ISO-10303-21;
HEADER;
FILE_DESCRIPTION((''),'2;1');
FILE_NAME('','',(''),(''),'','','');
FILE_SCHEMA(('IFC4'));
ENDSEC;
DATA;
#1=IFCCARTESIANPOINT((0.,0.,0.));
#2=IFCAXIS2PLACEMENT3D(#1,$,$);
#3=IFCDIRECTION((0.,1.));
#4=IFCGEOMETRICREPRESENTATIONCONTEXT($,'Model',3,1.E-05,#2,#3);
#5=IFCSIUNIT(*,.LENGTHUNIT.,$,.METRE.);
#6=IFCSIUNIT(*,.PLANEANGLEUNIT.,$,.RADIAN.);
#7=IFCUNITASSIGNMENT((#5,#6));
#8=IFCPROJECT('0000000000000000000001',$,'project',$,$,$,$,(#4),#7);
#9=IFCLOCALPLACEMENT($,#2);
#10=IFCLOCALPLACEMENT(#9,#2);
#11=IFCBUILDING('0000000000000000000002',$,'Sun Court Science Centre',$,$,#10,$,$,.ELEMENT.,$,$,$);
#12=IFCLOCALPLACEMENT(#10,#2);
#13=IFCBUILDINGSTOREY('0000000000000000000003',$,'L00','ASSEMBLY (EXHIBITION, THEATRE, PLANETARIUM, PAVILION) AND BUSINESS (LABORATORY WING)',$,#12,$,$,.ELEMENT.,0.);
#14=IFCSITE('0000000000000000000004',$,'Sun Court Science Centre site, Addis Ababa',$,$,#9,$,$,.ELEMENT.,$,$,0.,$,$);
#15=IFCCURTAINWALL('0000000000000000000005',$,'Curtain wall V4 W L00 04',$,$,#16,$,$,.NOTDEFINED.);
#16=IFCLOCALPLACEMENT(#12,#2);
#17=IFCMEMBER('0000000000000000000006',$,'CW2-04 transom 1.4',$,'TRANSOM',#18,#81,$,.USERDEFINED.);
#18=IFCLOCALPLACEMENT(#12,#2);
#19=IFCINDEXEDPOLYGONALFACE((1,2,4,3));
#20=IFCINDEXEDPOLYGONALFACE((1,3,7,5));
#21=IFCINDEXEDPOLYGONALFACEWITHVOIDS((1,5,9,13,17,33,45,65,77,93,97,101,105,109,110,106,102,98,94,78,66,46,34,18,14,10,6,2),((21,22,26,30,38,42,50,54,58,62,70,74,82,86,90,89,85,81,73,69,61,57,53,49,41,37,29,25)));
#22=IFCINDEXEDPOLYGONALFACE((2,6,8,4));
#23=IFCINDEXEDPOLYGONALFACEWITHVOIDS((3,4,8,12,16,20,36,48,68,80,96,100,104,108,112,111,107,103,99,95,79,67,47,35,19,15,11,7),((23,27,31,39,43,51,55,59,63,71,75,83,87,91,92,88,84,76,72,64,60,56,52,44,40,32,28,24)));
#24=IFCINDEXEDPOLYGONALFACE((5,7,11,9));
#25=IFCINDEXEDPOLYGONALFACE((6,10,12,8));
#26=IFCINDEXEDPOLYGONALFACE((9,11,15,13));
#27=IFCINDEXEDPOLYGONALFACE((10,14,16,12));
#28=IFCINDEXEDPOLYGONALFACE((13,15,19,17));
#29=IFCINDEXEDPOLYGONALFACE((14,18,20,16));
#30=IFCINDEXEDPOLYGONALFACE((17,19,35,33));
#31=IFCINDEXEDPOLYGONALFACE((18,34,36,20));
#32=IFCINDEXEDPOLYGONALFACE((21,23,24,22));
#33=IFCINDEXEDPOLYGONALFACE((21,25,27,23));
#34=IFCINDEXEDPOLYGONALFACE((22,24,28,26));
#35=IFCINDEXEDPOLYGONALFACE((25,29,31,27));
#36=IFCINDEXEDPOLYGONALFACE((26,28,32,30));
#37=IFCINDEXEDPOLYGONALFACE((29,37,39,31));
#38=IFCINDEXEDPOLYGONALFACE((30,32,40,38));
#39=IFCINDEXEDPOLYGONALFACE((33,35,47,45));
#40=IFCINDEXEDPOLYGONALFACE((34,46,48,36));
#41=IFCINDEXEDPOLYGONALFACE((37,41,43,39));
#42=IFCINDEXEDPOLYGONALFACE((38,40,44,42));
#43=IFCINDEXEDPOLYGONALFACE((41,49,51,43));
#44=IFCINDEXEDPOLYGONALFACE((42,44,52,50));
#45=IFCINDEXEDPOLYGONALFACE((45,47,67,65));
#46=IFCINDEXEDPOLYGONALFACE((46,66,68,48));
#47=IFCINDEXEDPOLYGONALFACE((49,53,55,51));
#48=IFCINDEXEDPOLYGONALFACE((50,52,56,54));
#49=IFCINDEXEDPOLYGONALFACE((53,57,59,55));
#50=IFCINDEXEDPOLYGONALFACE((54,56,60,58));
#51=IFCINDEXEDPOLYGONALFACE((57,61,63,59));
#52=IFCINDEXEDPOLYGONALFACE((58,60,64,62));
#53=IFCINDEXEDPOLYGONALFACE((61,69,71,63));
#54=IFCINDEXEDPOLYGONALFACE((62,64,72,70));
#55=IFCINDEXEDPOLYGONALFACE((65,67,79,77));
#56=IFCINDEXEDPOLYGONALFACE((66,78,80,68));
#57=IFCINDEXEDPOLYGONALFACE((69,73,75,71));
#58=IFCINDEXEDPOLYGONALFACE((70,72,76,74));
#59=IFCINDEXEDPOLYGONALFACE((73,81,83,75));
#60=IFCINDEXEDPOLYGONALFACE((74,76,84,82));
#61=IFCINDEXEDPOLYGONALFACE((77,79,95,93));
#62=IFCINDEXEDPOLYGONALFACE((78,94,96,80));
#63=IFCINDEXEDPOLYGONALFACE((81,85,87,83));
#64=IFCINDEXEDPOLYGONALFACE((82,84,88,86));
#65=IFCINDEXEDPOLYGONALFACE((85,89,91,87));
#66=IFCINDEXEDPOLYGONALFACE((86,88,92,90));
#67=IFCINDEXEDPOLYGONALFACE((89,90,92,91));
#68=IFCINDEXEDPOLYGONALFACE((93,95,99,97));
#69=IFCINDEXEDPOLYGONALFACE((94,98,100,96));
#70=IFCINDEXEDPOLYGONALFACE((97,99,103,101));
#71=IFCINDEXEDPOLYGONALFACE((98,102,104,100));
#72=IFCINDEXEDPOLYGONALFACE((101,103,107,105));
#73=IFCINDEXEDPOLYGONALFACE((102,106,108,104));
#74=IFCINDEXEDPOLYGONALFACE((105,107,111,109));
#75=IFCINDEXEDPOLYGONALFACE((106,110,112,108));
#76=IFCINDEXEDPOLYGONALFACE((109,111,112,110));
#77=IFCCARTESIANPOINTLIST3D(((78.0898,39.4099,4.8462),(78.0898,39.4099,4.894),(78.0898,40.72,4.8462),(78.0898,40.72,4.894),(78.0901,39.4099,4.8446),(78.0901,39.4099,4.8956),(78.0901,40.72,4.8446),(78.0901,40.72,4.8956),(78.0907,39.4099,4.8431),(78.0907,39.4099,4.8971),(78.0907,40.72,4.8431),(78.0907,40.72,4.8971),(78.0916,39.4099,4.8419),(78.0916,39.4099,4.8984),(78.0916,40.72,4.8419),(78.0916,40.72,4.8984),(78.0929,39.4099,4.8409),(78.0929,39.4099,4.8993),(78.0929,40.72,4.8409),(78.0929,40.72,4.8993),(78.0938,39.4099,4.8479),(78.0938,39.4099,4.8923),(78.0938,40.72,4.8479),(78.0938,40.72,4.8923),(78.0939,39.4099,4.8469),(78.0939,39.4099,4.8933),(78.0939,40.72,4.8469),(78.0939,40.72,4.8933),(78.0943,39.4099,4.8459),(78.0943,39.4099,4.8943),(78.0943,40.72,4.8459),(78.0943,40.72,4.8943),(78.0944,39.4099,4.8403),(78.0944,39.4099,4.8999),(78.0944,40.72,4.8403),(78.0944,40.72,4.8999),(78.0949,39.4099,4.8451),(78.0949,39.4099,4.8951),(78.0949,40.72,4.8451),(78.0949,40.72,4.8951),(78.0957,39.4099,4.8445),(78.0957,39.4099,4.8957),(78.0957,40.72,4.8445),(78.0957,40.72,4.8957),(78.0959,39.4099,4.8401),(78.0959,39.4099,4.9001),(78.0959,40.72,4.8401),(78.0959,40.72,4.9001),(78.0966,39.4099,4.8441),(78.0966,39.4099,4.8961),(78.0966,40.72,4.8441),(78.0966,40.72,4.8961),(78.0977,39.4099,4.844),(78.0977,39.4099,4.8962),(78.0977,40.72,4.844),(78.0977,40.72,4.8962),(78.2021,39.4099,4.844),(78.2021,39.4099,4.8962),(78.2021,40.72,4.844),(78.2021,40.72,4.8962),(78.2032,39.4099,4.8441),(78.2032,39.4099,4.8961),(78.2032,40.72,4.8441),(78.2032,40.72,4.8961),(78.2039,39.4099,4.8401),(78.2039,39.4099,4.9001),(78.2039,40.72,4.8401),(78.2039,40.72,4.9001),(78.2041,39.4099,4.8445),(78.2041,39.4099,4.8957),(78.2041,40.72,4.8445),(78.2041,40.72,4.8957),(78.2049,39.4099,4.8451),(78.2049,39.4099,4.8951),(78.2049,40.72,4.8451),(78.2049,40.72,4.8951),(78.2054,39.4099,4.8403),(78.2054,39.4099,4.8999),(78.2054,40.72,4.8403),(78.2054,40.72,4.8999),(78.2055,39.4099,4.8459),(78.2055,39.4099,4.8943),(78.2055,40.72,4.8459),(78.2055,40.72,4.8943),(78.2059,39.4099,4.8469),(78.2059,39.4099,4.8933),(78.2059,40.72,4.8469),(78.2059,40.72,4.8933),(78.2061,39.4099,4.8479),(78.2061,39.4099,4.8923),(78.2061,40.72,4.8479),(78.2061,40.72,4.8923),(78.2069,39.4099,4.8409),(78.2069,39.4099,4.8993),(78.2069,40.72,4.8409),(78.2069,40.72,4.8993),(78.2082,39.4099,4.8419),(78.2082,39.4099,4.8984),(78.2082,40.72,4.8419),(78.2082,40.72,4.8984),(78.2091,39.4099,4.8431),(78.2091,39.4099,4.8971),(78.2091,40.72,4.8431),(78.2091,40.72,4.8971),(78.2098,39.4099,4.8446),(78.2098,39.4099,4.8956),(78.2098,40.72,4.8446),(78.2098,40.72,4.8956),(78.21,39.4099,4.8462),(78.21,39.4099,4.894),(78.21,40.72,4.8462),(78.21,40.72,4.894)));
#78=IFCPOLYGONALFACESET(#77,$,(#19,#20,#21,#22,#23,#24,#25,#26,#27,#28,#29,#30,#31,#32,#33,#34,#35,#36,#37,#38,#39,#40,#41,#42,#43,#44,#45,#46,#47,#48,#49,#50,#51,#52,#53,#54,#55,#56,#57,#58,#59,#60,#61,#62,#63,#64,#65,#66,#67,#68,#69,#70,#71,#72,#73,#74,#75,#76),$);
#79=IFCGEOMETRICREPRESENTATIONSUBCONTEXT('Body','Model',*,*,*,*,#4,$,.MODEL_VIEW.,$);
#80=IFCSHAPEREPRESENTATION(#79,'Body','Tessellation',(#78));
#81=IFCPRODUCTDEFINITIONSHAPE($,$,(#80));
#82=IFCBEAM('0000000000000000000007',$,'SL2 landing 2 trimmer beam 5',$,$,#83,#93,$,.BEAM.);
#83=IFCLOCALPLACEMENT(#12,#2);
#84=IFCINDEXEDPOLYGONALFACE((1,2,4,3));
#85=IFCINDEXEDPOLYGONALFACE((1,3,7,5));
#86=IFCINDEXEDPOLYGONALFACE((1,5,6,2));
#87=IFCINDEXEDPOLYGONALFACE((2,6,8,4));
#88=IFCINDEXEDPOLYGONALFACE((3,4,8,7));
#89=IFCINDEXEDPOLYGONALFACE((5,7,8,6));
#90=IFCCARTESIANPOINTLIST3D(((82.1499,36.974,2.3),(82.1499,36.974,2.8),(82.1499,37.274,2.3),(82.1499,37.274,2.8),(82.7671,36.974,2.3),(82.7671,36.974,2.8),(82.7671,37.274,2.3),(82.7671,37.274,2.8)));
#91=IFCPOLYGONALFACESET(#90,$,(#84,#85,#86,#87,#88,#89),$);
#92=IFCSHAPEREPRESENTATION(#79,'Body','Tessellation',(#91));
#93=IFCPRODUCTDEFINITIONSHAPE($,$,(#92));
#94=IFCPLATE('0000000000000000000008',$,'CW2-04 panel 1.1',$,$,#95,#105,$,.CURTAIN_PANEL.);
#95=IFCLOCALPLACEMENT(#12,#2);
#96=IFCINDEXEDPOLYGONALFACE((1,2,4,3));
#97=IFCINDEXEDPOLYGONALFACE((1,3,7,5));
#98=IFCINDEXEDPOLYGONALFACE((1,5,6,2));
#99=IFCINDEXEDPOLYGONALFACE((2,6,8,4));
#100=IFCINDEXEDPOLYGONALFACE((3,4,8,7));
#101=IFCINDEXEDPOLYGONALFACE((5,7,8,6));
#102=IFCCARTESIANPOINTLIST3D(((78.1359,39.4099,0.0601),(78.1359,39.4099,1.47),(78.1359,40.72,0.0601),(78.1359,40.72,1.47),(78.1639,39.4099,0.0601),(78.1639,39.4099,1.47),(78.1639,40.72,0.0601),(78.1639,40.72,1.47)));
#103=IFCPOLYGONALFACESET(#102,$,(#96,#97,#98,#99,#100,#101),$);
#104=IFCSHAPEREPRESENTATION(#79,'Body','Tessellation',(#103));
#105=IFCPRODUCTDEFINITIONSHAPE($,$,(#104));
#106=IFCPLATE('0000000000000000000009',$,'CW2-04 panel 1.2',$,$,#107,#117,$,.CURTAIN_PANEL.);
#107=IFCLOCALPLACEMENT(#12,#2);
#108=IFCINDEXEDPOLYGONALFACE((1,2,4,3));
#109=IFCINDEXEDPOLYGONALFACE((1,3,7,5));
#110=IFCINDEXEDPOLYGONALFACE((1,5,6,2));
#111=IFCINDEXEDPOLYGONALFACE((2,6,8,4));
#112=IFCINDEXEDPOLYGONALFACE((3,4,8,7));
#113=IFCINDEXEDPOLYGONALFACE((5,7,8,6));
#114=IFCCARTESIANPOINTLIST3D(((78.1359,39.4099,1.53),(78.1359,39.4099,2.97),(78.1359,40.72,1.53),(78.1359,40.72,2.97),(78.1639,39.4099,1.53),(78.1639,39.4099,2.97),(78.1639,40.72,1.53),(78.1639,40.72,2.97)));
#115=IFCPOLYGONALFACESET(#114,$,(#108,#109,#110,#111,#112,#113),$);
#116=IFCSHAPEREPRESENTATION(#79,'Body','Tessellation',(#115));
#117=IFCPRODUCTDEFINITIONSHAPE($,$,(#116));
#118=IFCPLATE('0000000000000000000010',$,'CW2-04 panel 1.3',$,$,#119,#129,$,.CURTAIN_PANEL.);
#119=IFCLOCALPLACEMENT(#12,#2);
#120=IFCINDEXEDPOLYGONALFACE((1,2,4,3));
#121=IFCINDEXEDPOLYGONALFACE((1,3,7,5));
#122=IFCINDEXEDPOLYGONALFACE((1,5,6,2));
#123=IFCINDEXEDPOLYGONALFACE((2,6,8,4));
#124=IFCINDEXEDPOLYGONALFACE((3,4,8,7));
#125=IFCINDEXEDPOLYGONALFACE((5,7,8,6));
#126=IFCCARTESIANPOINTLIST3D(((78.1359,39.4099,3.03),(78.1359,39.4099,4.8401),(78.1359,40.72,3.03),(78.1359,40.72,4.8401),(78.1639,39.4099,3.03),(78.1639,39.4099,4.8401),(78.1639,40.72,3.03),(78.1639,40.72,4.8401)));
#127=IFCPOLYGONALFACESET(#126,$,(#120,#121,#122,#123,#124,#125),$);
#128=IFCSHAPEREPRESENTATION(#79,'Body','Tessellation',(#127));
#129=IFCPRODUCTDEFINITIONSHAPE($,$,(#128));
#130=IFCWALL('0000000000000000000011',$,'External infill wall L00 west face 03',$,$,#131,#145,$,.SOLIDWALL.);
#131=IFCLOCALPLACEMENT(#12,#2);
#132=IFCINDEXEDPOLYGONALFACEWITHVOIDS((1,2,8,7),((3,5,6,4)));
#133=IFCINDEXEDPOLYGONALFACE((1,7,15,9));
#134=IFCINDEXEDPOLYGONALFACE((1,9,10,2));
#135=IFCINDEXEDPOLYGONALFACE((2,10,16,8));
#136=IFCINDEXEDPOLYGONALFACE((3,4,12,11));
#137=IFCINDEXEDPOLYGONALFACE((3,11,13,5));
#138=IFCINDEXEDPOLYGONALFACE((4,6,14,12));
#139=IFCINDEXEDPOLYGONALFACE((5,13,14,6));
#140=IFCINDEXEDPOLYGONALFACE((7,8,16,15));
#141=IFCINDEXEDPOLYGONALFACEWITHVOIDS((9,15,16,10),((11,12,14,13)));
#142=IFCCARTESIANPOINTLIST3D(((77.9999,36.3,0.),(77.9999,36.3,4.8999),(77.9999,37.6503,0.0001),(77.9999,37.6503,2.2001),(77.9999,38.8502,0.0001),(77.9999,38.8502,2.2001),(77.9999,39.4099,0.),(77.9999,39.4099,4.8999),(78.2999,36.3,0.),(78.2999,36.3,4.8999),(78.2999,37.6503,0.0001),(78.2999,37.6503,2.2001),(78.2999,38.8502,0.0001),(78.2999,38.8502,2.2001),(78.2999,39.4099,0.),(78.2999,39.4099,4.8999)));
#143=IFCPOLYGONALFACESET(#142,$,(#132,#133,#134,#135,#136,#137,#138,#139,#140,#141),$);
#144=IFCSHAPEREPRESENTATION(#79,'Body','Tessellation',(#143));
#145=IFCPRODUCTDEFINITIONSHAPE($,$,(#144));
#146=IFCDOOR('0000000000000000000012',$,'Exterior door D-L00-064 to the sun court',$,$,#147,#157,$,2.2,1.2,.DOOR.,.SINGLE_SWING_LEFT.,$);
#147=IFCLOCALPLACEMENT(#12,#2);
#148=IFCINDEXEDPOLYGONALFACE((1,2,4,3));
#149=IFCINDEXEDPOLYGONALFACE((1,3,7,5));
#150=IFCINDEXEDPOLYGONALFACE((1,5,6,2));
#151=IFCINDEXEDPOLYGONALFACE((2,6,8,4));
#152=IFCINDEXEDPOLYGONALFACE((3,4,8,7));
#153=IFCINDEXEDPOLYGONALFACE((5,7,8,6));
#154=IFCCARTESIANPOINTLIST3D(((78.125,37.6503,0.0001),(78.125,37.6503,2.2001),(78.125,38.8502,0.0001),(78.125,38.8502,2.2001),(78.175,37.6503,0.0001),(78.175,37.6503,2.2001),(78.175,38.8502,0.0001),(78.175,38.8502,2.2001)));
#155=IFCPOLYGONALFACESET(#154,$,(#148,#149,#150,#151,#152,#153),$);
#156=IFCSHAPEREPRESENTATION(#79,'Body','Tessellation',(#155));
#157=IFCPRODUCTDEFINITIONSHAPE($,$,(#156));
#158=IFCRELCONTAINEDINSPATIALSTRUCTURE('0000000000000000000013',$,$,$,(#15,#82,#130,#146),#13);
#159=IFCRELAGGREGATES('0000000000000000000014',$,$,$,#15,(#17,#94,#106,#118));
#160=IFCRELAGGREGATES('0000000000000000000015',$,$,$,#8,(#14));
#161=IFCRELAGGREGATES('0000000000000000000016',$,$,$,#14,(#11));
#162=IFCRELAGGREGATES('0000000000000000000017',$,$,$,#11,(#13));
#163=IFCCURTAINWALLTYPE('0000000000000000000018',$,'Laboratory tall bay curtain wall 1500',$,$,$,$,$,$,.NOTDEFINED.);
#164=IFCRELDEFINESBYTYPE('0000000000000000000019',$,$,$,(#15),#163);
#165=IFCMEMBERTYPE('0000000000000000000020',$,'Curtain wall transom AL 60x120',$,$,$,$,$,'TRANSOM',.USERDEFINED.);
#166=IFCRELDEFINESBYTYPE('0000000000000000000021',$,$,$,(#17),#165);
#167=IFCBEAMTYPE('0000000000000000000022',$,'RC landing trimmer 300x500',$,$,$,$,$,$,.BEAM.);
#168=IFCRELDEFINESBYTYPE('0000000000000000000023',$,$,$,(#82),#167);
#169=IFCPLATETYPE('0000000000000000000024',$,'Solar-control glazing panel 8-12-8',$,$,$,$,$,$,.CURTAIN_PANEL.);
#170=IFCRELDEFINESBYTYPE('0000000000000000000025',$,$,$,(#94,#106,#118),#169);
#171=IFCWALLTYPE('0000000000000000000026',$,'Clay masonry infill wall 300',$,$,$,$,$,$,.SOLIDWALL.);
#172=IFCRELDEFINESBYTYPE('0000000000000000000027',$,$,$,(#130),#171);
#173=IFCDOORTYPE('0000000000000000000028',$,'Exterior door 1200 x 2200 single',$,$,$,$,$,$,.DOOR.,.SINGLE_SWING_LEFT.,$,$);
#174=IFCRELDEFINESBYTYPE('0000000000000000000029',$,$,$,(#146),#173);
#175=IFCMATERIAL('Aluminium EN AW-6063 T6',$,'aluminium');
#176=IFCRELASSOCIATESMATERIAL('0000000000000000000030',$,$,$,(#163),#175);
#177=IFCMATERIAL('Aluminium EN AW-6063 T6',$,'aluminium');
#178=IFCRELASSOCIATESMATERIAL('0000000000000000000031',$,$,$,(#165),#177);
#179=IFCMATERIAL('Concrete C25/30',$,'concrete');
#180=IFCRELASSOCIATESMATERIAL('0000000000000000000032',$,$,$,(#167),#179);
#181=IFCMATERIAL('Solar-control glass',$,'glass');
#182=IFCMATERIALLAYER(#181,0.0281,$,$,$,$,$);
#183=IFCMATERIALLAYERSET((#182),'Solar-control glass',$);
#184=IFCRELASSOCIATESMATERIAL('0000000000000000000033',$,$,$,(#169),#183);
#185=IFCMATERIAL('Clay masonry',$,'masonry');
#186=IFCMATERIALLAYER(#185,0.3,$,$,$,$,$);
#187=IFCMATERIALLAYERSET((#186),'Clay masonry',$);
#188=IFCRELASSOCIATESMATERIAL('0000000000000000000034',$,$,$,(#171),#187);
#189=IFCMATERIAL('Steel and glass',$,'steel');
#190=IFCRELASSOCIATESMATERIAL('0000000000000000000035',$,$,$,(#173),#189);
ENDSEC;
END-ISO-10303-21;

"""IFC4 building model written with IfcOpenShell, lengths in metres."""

from ifc_helpers import new_model, si_unit, direction, frame, frame_2d, origin, origin_2d, place, context, subcontext, project, spatial, rectangle, hollow_rectangle, extrude, material, layer, layer_set, material_profile, profile_set, type_object, element, fill, aggregate, save


model = new_model("IFC4")

# Units and contexts
model_context = context("Model", 3, precision=1e-05, world=origin(), true_north=direction((0.0, 1.0)))
body_context = subcontext(model_context, "Body", "Model", "MODEL_VIEW")
ifc_project = project(units=[si_unit("LENGTHUNIT", "METRE"), si_unit("PLANEANGLEUNIT", "RADIAN")], contexts=[model_context])

# Site, building, storey
site_placement = place(None, origin())
site = spatial("IfcSite", under=ifc_project, at=site_placement, Name="Sun Court Science Centre site, Addis Ababa", CompositionType="ELEMENT", RefElevation=0.0)
building_placement = place(site_placement, origin())
building = spatial("IfcBuilding", under=site, at=building_placement, Name="Sun Court Science Centre", CompositionType="ELEMENT")
storey_placement = place(building_placement, origin())
storey = spatial("IfcBuildingStorey", under=building, at=storey_placement, Name="L00", Description="ASSEMBLY (EXHIBITION, THEATRE, PLANETARIUM, PAVILION) AND BUSINESS (LABORATORY WING)", CompositionType="ELEMENT", Elevation=0.0)

# Curtain wall, member
ifc_material_1 = material(Name="Aluminium EN AW-6063 T6", Category="aluminium")
curtain_wall_type = type_object("IfcCurtainWallType", Name="Laboratory tall bay curtain wall 1500", PredefinedType="NOTDEFINED", material=ifc_material_1)
curtain_wall_placement = place(storey_placement, origin())
curtain_wall = element("IfcCurtainWall", 1, at=curtain_wall_placement, inside=storey, type_object=curtain_wall_type, Name="Curtain wall V4 W L00 04", PredefinedType="NOTDEFINED")
ifc_material_2 = material(Name="Aluminium EN AW-6063 T6", Category="aluminium")
ifc_material_profile_1 = material_profile(ifc_material_2, hollow_rectangle(XDim=0.0601, YDim=0.1201, WallThickness=0.0039, InnerFilletRadius=0.0039, OuterFilletRadius=0.0061, at=origin_2d()), Name="AL 60x120x4")
ifc_profile_set_1 = profile_set([ifc_material_profile_1], Name="Aluminium EN AW-6063 T6")
member_type_1 = type_object("IfcMemberType", Name="Curtain wall transom AL 60x120", ElementType="TRANSOM", PredefinedType="USERDEFINED", material=ifc_profile_set_1)
member_1_placement = place(storey_placement, frame((78.1499, 39.4099, 4.8701), z_axis=(0.0, 1.0, 0.0), x_axis=(0.0, 0.0, 1.0)))
member_1 = element("IfcMember", 2, at=member_1_placement, type_object=member_type_1, Name="CW2-04 transom 1.4", ObjectType="TRANSOM", PredefinedType="USERDEFINED", context=body_context, shape_type="SweptSolid", body=[
    extrude(hollow_rectangle(XDim=0.0601, YDim=0.1201, WallThickness=0.0039, InnerFilletRadius=0.0039, OuterFilletRadius=0.0061, at=origin_2d()), origin(), (0.0, 0.0, 1.0), 1.3101),
])

# Beam
ifc_material_3 = material(Name="Concrete C25/30", Category="concrete")
ifc_material_profile_2 = material_profile(ifc_material_3, rectangle(XDim=0.3, YDim=0.5, at=origin_2d()), Name="RC 300x500")
ifc_profile_set_2 = profile_set([ifc_material_profile_2], Name="Concrete C25/30")
beam_type = type_object("IfcBeamType", Name="RC landing trimmer 300x500", PredefinedType="BEAM", material=ifc_profile_set_2)
beam_placement = place(storey_placement, frame((82.1499, 37.124, 2.55), z_axis=(1.0, 0.0, 0.0), x_axis=(0.0, 1.0, 0.0)))
element("IfcBeam", 3, at=beam_placement, inside=storey, type_object=beam_type, Name="SL2 landing 2 trimmer beam 5", PredefinedType="BEAM", context=body_context, shape_type="SweptSolid", body=[
    extrude(rectangle(XDim=0.3, YDim=0.5, at=origin_2d()), origin(), (0.0, 0.0, 1.0), 0.6172),
])

# Plates
ifc_material_4 = material(Name="Solar-control glass", Category="glass")
ifc_layer_1 = layer(ifc_material_4, 0.0281)
ifc_layer_set_1 = layer_set([ifc_layer_1], Name="Solar-control glass")
plate_type = type_object("IfcPlateType", Name="Solar-control glazing panel 8-12-8", PredefinedType="CURTAIN_PANEL", material=ifc_layer_set_1)
plate_1_placement = place(storey_placement, frame((78.1499, 40.0649, 0.0601), z_axis=(0.0, 0.0, 1.0), x_axis=(0.0, 1.0, 0.0)))
plate_1 = element("IfcPlate", 4, at=plate_1_placement, type_object=plate_type, Name="CW2-04 panel 1.1", PredefinedType="CURTAIN_PANEL", context=body_context, shape_type="SweptSolid", body=[
    extrude(rectangle(XDim=1.3101, YDim=0.0281, at=origin_2d()), origin(), (0.0, 0.0, 1.0), 1.4099),
])
plate_2_placement = place(storey_placement, frame((78.1499, 40.0649, 1.53), z_axis=(0.0, 0.0, 1.0), x_axis=(0.0, 1.0, 0.0)))
plate_2 = element("IfcPlate", 5, at=plate_2_placement, type_object=plate_type, Name="CW2-04 panel 1.2", PredefinedType="CURTAIN_PANEL", context=body_context, shape_type="SweptSolid", body=[
    extrude(rectangle(XDim=1.3101, YDim=0.0281, at=origin_2d()), origin(), (0.0, 0.0, 1.0), 1.4399),
])
plate_3_placement = place(storey_placement, frame((78.1499, 40.0649, 3.03), z_axis=(0.0, 0.0, 1.0), x_axis=(0.0, 1.0, 0.0)))
plate_3 = element("IfcPlate", 6, at=plate_3_placement, type_object=plate_type, Name="CW2-04 panel 1.3", PredefinedType="CURTAIN_PANEL", context=body_context, shape_type="SweptSolid", body=[
    extrude(rectangle(XDim=1.3101, YDim=0.0281, at=origin_2d()), origin(), (0.0, 0.0, 1.0), 1.8101),
])
aggregate(curtain_wall, [member_1, plate_1, plate_2, plate_3])

# Wall, opening, door
ifc_material_5 = material(Name="Clay masonry", Category="masonry")
ifc_layer_2 = layer(ifc_material_5, 0.3)
ifc_layer_set_2 = layer_set([ifc_layer_2], Name="Clay masonry")
wall_type = type_object("IfcWallType", Name="Clay masonry infill wall 300", PredefinedType="SOLIDWALL", material=ifc_layer_set_2)
wall_placement = place(storey_placement, frame((78.1499, 36.3, 0.0), z_axis=(0.0, 0.0, 1.0), x_axis=(0.0, 1.0, 0.0)))
wall = element("IfcWall", 7, at=wall_placement, inside=storey, type_object=wall_type, Name="External infill wall L00 west face 03", PredefinedType="SOLIDWALL", context=body_context, shape_type="SweptSolid", body=[
    extrude(rectangle(XDim=3.1099, YDim=0.3, at=frame_2d((1.5549, 0.0))), origin(), (0.0, 0.0, 1.0), 4.8999),
])
opening_placement = place(wall_placement, frame((1.3501, 0.0, 0.0)))
opening = element("IfcOpeningElement", 8, at=opening_placement, cuts=wall, PredefinedType="OPENING", context=body_context, shape_type="SweptSolid", body=[
    extrude(rectangle(XDim=1.2, YDim=2.2, at=frame_2d((0.6001, 1.1001))), frame((0.0, 0.1599, 0.0), z_axis=(0.0, -1.0, 0.0), x_axis=(1.0, 0.0, 0.0)), (0.0, 0.0, 1.0), 0.3201),
])
ifc_material_6 = material(Name="Steel and glass", Category="steel")
door_type = type_object("IfcDoorType", Name="Exterior door 1200 x 2200 single", OperationType="SINGLE_SWING_LEFT", PredefinedType="DOOR", material=ifc_material_6)
door_placement = place(opening_placement, origin())
door = element("IfcDoor", 9, at=door_placement, inside=storey, type_object=door_type, Name="Exterior door D-L00-064 to the sun court", OperationType="SINGLE_SWING_LEFT", OverallHeight=2.2, OverallWidth=1.2, PredefinedType="DOOR", context=body_context, shape_type="SweptSolid", body=[
    extrude(rectangle(XDim=1.2, YDim=2.2, at=frame_2d((0.6001, 1.1001))), frame((0.0, 0.0249, 0.0), z_axis=(0.0, -1.0, 0.0), x_axis=(1.0, 0.0, 0.0)), (0.0, 0.0, 1.0), 0.05),
])
fill(opening, door)

save(model, "model.ifc")
